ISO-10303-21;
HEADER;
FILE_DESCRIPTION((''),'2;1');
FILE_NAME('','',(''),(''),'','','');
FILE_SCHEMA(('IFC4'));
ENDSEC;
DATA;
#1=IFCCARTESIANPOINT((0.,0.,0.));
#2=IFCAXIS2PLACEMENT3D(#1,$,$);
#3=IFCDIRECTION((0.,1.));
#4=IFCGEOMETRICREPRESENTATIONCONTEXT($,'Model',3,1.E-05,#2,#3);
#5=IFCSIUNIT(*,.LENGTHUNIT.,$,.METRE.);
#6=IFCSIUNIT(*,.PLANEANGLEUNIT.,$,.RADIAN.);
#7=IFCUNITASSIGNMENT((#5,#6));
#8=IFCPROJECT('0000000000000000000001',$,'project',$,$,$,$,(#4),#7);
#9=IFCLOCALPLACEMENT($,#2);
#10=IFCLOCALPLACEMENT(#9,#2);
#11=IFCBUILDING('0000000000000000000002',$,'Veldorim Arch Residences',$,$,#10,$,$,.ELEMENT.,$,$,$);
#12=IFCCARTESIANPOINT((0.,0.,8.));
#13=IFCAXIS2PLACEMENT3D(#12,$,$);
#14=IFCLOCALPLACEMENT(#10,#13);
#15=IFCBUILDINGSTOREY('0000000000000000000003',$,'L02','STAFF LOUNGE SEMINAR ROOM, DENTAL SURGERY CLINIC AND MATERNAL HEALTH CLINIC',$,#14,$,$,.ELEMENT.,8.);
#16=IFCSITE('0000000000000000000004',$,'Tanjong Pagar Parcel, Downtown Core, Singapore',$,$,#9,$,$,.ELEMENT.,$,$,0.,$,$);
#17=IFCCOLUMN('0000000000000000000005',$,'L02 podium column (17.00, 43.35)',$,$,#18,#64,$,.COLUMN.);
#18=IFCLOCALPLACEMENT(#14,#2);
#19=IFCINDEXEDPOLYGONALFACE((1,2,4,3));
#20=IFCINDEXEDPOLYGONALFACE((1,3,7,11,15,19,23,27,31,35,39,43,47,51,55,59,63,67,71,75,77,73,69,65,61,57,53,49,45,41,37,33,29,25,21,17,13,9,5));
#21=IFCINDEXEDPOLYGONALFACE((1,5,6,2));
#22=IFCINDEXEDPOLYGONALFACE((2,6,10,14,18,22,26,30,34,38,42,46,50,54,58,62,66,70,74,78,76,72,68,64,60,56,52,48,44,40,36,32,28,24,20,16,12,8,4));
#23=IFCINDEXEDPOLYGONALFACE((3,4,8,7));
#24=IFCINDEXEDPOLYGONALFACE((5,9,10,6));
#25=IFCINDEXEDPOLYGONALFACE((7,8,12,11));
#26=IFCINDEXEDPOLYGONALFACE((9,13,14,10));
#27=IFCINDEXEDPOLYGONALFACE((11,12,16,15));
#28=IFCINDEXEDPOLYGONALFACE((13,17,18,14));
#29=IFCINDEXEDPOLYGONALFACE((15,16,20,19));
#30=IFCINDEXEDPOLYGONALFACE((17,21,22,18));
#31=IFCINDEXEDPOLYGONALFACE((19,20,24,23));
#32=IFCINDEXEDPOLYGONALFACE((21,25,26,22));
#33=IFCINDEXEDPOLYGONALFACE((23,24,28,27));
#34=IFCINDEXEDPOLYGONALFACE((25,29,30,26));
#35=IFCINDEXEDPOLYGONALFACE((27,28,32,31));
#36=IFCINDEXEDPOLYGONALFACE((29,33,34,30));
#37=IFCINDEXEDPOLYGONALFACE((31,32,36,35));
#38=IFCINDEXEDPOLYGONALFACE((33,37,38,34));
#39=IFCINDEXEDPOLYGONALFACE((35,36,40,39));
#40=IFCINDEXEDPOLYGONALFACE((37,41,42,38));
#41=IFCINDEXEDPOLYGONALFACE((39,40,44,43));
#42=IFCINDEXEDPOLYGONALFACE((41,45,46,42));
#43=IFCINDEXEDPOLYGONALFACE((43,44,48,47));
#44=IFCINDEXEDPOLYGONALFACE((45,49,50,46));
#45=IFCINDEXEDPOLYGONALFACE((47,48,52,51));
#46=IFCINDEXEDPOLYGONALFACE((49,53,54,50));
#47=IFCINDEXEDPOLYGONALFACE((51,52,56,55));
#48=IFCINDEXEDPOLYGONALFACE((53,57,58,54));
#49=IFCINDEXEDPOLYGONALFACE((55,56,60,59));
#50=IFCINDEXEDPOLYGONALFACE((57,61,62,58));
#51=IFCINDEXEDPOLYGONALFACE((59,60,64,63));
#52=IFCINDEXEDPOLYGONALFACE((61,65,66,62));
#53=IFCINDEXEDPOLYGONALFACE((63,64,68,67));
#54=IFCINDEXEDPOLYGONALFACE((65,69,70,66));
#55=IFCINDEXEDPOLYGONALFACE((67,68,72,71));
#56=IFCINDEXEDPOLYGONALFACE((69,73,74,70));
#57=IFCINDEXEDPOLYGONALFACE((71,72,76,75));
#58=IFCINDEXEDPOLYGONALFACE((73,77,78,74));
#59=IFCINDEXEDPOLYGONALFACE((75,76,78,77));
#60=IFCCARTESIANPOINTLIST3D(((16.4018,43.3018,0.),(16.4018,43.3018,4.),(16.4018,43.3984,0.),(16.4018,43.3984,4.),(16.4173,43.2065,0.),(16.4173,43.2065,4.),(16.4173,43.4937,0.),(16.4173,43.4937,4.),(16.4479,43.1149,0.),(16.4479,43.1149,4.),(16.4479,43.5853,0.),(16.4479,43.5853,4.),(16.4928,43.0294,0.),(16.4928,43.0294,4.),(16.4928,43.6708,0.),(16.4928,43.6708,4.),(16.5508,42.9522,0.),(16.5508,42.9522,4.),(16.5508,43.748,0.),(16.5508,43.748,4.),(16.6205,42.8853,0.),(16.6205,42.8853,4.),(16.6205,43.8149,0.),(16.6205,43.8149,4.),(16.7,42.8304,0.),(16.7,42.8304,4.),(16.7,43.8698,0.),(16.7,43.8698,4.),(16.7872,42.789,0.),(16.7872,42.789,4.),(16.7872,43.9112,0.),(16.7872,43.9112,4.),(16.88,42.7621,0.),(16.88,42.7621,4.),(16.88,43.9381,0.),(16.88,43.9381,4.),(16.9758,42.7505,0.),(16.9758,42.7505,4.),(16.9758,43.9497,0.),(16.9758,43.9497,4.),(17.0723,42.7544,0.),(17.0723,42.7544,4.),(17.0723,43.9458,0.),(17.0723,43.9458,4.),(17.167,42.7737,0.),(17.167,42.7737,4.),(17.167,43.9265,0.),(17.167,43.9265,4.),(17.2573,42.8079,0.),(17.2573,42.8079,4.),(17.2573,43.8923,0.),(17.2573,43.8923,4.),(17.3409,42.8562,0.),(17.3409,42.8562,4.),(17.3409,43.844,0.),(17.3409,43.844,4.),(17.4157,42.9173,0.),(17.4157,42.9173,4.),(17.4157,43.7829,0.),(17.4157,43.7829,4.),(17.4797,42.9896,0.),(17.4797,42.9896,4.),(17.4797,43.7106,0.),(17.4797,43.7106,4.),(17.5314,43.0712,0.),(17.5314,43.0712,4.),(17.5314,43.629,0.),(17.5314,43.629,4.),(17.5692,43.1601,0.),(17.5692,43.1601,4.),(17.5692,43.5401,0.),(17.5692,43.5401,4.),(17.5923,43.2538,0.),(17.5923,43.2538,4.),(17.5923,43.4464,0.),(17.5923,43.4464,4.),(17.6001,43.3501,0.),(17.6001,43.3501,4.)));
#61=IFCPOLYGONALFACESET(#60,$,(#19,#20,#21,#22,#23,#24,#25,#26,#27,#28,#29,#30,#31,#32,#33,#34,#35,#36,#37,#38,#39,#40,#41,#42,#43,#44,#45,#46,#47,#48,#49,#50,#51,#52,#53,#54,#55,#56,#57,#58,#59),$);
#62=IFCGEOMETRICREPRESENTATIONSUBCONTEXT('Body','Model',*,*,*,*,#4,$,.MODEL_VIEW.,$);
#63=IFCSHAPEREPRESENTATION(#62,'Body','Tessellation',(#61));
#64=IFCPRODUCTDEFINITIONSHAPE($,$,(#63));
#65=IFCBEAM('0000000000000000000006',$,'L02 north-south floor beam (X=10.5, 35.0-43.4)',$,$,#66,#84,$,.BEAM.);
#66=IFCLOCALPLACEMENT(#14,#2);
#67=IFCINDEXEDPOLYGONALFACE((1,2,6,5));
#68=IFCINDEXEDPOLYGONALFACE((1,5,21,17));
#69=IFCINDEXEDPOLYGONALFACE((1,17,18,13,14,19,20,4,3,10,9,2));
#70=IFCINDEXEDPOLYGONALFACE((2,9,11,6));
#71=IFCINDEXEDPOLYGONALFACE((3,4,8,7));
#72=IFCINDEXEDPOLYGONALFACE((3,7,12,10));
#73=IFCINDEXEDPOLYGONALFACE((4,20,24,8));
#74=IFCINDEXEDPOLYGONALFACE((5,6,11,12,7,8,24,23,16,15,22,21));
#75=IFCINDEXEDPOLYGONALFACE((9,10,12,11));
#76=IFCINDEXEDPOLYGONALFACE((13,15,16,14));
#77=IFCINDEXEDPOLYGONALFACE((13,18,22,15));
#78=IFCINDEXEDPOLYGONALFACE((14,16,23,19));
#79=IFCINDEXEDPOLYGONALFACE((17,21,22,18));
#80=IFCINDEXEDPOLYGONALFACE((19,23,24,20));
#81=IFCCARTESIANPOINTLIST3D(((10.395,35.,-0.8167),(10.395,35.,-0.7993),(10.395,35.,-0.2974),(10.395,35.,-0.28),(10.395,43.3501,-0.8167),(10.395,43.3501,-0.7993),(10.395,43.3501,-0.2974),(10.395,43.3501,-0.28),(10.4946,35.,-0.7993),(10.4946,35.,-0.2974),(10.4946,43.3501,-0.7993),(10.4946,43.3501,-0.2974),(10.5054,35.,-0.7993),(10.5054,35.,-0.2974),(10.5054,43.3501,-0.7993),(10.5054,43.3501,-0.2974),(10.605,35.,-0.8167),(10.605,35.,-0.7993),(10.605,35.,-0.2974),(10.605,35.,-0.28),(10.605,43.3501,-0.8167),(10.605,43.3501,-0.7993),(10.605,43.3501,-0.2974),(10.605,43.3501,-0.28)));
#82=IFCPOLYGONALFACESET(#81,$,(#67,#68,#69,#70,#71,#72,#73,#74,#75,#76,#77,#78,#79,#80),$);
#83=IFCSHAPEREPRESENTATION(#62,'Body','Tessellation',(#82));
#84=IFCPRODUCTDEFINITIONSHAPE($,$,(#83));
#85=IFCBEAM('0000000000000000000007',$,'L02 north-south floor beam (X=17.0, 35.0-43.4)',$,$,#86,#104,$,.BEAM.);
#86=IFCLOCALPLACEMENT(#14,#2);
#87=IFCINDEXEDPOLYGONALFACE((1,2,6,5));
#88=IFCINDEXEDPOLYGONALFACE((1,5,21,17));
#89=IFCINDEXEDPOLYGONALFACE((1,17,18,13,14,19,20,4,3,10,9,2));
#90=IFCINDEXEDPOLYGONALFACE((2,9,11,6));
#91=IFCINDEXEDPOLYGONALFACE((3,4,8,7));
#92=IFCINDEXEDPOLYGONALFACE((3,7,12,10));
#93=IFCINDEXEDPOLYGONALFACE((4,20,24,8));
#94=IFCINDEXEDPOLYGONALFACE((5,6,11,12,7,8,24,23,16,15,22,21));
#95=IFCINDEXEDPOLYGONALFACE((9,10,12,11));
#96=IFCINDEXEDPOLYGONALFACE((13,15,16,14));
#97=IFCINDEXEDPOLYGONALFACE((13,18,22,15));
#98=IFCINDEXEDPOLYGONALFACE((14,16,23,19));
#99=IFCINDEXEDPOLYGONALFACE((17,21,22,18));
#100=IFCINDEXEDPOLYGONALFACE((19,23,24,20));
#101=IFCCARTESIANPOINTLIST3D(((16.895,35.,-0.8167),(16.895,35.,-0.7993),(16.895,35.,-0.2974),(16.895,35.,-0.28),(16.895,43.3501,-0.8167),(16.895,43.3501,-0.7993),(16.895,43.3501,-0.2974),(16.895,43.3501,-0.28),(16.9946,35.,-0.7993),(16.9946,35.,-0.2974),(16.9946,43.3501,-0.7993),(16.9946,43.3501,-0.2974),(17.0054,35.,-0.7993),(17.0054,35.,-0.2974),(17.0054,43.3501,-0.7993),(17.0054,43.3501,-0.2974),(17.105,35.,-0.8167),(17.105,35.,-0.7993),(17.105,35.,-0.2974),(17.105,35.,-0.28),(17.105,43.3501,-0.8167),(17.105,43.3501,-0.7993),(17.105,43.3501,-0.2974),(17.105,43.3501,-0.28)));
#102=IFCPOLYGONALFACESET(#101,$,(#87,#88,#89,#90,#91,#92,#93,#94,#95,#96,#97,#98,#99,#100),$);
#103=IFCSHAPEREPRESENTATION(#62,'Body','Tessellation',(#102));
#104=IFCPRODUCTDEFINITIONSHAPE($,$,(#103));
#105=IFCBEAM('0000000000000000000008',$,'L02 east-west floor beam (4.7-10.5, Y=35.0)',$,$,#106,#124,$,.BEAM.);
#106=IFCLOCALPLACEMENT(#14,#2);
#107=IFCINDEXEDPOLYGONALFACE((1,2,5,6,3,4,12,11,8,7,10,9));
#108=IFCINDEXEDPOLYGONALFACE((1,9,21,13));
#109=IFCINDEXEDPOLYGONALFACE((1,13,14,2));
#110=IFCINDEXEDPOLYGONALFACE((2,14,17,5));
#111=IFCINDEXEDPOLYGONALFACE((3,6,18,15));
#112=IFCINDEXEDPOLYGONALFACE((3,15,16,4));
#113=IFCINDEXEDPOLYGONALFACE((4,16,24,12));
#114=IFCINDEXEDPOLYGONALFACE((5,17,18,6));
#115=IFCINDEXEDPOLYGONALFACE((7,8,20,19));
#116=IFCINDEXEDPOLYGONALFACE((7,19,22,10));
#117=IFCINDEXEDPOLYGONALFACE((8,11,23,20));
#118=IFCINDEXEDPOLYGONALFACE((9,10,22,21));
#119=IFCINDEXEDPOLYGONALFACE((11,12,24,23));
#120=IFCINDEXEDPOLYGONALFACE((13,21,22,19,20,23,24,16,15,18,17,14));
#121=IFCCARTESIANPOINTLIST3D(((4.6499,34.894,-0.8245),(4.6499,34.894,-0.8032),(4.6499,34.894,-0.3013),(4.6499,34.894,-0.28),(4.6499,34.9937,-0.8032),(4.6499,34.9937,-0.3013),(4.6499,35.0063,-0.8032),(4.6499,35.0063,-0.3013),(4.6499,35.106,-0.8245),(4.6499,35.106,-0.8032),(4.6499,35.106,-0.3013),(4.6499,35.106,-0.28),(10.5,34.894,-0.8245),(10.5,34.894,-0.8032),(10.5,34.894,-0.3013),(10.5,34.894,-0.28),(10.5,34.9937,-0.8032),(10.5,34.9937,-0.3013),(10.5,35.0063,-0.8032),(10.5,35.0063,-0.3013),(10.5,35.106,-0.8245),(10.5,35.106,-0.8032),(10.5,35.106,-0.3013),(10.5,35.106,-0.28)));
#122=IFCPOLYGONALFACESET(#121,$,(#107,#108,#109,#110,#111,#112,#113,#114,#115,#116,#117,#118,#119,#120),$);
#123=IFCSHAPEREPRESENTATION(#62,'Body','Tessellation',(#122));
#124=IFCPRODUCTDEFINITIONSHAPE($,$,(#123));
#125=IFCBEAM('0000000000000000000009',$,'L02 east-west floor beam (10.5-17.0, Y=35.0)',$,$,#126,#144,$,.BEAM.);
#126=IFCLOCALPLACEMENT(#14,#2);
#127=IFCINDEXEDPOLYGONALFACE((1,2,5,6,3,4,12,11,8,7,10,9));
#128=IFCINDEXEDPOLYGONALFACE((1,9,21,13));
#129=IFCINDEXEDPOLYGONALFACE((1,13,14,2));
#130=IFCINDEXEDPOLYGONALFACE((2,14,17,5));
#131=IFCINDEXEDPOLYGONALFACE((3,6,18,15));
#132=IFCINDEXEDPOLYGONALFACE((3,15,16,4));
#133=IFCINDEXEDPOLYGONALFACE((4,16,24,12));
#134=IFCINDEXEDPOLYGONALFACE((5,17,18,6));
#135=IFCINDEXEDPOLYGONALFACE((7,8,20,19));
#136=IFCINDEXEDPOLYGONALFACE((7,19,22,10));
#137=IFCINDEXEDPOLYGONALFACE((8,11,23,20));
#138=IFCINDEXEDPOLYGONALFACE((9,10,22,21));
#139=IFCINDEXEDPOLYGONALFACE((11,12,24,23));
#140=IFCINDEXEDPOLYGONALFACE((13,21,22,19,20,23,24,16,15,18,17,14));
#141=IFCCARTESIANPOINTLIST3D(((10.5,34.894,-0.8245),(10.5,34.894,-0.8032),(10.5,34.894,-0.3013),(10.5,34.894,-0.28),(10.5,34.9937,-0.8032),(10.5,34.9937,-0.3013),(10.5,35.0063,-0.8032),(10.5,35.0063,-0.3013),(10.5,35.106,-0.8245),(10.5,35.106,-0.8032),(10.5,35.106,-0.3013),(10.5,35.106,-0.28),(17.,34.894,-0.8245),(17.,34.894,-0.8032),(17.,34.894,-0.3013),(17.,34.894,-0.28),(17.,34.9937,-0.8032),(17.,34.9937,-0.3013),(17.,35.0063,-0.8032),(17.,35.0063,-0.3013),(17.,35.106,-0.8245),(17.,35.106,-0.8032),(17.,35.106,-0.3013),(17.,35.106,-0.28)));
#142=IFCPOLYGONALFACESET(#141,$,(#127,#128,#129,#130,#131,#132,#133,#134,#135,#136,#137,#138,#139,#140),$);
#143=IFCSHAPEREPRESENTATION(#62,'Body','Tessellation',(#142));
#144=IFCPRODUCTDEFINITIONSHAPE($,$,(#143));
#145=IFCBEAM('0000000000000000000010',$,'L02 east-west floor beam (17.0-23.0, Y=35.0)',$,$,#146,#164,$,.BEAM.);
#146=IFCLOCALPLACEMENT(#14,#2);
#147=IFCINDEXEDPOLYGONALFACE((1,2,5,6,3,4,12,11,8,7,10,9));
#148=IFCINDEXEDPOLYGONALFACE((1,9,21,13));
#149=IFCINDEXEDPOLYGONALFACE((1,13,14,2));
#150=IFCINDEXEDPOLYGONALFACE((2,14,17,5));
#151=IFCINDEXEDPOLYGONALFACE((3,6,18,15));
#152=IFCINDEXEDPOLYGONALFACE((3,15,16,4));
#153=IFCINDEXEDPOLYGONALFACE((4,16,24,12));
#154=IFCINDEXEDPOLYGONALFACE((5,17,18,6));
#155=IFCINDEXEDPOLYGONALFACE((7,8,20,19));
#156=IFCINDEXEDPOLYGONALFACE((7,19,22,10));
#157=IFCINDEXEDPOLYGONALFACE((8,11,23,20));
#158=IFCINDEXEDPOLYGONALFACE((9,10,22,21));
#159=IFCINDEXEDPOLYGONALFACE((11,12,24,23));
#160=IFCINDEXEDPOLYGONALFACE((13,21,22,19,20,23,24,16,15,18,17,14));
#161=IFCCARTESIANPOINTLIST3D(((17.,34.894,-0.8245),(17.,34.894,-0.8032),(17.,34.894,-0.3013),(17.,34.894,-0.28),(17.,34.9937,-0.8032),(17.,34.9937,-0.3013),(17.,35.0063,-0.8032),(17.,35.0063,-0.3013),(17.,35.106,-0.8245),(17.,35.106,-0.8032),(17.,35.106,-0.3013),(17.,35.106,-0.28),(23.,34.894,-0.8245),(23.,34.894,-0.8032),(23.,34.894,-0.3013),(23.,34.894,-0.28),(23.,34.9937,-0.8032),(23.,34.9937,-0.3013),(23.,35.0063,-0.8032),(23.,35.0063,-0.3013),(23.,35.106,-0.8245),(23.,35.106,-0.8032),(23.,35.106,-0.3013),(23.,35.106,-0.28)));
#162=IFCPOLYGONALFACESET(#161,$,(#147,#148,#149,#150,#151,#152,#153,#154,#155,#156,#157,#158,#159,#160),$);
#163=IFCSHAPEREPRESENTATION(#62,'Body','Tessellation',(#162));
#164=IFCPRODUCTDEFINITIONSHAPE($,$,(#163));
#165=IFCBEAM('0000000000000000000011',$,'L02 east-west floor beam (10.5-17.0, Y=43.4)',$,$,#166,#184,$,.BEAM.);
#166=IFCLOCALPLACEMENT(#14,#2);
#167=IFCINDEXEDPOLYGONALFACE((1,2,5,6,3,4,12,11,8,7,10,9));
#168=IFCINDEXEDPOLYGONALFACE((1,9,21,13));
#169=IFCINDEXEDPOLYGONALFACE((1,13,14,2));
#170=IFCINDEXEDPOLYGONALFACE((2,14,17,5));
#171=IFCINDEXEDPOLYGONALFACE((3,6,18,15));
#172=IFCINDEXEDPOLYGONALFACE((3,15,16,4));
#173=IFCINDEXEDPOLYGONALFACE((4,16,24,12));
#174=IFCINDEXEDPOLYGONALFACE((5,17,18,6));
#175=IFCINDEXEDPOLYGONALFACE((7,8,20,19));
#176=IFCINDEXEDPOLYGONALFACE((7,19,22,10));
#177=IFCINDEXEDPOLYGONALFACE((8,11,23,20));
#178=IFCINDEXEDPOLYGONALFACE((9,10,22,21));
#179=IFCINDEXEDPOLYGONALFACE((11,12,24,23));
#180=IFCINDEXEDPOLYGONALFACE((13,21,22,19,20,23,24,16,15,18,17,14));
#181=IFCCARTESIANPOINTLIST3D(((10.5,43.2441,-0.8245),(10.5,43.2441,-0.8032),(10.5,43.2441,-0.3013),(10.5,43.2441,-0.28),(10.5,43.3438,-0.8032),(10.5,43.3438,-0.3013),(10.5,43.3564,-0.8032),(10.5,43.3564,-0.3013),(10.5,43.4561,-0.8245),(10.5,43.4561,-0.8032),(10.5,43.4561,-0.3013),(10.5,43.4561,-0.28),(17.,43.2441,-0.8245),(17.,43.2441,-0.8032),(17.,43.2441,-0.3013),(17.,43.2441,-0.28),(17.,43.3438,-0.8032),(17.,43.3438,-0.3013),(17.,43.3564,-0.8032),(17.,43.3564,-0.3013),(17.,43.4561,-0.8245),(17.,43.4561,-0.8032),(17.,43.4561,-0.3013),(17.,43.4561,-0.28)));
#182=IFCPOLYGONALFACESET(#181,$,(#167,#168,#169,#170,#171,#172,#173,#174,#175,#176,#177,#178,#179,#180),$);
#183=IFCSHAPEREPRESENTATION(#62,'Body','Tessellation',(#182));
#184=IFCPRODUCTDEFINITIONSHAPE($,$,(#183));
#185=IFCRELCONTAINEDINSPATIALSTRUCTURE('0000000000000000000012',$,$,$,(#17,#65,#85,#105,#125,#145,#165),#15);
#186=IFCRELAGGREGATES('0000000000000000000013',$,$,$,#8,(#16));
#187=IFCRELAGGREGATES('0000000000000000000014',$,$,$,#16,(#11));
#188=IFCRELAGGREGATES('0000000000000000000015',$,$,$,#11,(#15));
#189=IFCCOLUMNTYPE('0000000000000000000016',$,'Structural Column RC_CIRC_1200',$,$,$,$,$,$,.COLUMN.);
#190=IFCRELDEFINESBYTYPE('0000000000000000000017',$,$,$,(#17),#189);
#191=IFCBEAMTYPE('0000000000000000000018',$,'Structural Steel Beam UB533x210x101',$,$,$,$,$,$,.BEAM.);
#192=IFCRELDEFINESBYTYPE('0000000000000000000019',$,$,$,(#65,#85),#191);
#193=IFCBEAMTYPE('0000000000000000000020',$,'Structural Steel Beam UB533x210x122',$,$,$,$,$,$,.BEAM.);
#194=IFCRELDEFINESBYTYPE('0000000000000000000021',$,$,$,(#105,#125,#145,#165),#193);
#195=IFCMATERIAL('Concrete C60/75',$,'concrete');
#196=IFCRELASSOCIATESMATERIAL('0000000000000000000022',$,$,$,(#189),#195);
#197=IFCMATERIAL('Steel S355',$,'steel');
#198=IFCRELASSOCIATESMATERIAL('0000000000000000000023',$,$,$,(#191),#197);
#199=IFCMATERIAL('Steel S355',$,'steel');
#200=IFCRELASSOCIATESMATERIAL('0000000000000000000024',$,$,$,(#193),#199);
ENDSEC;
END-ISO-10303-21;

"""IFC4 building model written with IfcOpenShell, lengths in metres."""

from ifc_helpers import new_model, si_unit, direction, frame, origin, origin_2d, place, context, subcontext, project, spatial, circle, i_section, extrude, material, material_profile, profile_set, type_object, element, save


model = new_model("IFC4")

# Units and contexts
model_context = context("Model", 3, precision=1e-05, world=origin(), true_north=direction((0.0, 1.0)))
body_context = subcontext(model_context, "Body", "Model", "MODEL_VIEW")
ifc_project = project(units=[si_unit("LENGTHUNIT", "METRE"), si_unit("PLANEANGLEUNIT", "RADIAN")], contexts=[model_context])

# Site, building, storey
site_placement = place(None, origin())
site = spatial("IfcSite", under=ifc_project, at=site_placement, Name="Tanjong Pagar Parcel, Downtown Core, Singapore", CompositionType="ELEMENT", RefElevation=0.0)
building_placement = place(site_placement, origin())
building = spatial("IfcBuilding", under=site, at=building_placement, Name="Veldorim Arch Residences", CompositionType="ELEMENT")
storey_placement = place(building_placement, frame((0.0, 0.0, 8.0)))
storey = spatial("IfcBuildingStorey", under=building, at=storey_placement, Name="L02", Description="STAFF LOUNGE SEMINAR ROOM, DENTAL SURGERY CLINIC AND MATERNAL HEALTH CLINIC", CompositionType="ELEMENT", Elevation=8.0)

# Column
ifc_material_1 = material(Name="Concrete C60/75", Category="concrete")
ifc_material_profile_1 = material_profile(ifc_material_1, circle(Radius=0.6001, at=origin_2d()), Name="RC_CIRC_1200")
ifc_profile_set_1 = profile_set([ifc_material_profile_1], Name="Concrete C60/75")
column_type = type_object("IfcColumnType", Name="Structural Column RC_CIRC_1200", PredefinedType="COLUMN", material=ifc_profile_set_1)
for number, where, z_axis, x_axis, name in (
    (1, (17.0, 43.3501, 0.0), (0.0, 0.0, 1.0), (1.0, 0.0, 0.0), "L02 podium column (17.00, 43.35)"),
):
    element("IfcColumn", number, at=place(storey_placement, frame(where, z_axis=z_axis, x_axis=x_axis)), inside=storey, type_object=column_type, Name=name, PredefinedType="COLUMN", context=body_context, shape_type="SweptSolid", body=[
        extrude(circle(Radius=0.6001, at=origin_2d()), origin(), (0.0, 0.0, 1.0), 4.0),
    ])

# Beams
ifc_material_2 = material(Name="Steel S355", Category="steel")
ifc_material_profile_2 = material_profile(ifc_material_2, i_section(OverallWidth=0.21, OverallDepth=0.5366, WebThickness=0.0107, FlangeThickness=0.0173, at=origin_2d()), Name="UB533x210x101")
ifc_profile_set_2 = profile_set([ifc_material_profile_2], Name="Steel S355")
beam_type_1 = type_object("IfcBeamType", Name="Structural Steel Beam UB533x210x101", PredefinedType="BEAM", material=ifc_profile_set_2)
for number, where, z_axis, x_axis, name in (
    (2, (10.5, 35.0, -0.5483), (0.0, 1.0, 0.0), (-1.0, 0.0, 0.0), "L02 north-south floor beam (X=10.5, 35.0-43.4)"),
    (3, (17.0, 35.0, -0.5483), (0.0, 1.0, 0.0), (-1.0, 0.0, 0.0), "L02 north-south floor beam (X=17.0, 35.0-43.4)"),
):
    element("IfcBeam", number, at=place(storey_placement, frame(where, z_axis=z_axis, x_axis=x_axis)), inside=storey, type_object=beam_type_1, Name=name, PredefinedType="BEAM", context=body_context, shape_type="SweptSolid", body=[
        extrude(i_section(OverallWidth=0.21, OverallDepth=0.5366, WebThickness=0.0107, FlangeThickness=0.0173, at=origin_2d()), origin(), (0.0, 0.0, 1.0), 8.3501),
    ])
ifc_material_3 = material(Name="Steel S355", Category="steel")
ifc_material_profile_3 = material_profile(ifc_material_3, i_section(OverallWidth=0.2119, OverallDepth=0.5444, WebThickness=0.0127, FlangeThickness=0.0212, at=origin_2d()), Name="UB533x210x122")
ifc_profile_set_3 = profile_set([ifc_material_profile_3], Name="Steel S355")
beam_type_2 = type_object("IfcBeamType", Name="Structural Steel Beam UB533x210x122", PredefinedType="BEAM", material=ifc_profile_set_3)
beam_1_placement = place(storey_placement, frame((4.6499, 35.0, -0.5522), z_axis=(1.0, 0.0, 0.0), x_axis=(0.0, 1.0, 0.0)))
element("IfcBeam", 4, at=beam_1_placement, inside=storey, type_object=beam_type_2, Name="L02 east-west floor beam (4.7-10.5, Y=35.0)", PredefinedType="BEAM", context=body_context, shape_type="SweptSolid", body=[
    extrude(i_section(OverallWidth=0.2119, OverallDepth=0.5444, WebThickness=0.0127, FlangeThickness=0.0212, at=origin_2d()), origin(), (0.0, 0.0, 1.0), 5.8501),
])
beam_2_placement = place(storey_placement, frame((10.5, 35.0, -0.5522), z_axis=(1.0, 0.0, 0.0), x_axis=(0.0, 1.0, 0.0)))
element("IfcBeam", 5, at=beam_2_placement, inside=storey, type_object=beam_type_2, Name="L02 east-west floor beam (10.5-17.0, Y=35.0)", PredefinedType="BEAM", context=body_context, shape_type="SweptSolid", body=[
    extrude(i_section(OverallWidth=0.2119, OverallDepth=0.5444, WebThickness=0.0127, FlangeThickness=0.0212, at=origin_2d()), origin(), (0.0, 0.0, 1.0), 6.5),
])
beam_3_placement = place(storey_placement, frame((17.0, 35.0, -0.5522), z_axis=(1.0, 0.0, 0.0), x_axis=(0.0, 1.0, 0.0)))
element("IfcBeam", 6, at=beam_3_placement, inside=storey, type_object=beam_type_2, Name="L02 east-west floor beam (17.0-23.0, Y=35.0)", PredefinedType="BEAM", context=body_context, shape_type="SweptSolid", body=[
    extrude(i_section(OverallWidth=0.2119, OverallDepth=0.5444, WebThickness=0.0127, FlangeThickness=0.0212, at=origin_2d()), origin(), (0.0, 0.0, 1.0), 6.0),
])
beam_4_placement = place(storey_placement, frame((10.5, 43.3501, -0.5522), z_axis=(1.0, 0.0, 0.0), x_axis=(0.0, 1.0, 0.0)))
element("IfcBeam", 7, at=beam_4_placement, inside=storey, type_object=beam_type_2, Name="L02 east-west floor beam (10.5-17.0, Y=43.4)", PredefinedType="BEAM", context=body_context, shape_type="SweptSolid", body=[
    extrude(i_section(OverallWidth=0.2119, OverallDepth=0.5444, WebThickness=0.0127, FlangeThickness=0.0212, at=origin_2d()), origin(), (0.0, 0.0, 1.0), 6.5),
])

save(model, "model.ifc")
